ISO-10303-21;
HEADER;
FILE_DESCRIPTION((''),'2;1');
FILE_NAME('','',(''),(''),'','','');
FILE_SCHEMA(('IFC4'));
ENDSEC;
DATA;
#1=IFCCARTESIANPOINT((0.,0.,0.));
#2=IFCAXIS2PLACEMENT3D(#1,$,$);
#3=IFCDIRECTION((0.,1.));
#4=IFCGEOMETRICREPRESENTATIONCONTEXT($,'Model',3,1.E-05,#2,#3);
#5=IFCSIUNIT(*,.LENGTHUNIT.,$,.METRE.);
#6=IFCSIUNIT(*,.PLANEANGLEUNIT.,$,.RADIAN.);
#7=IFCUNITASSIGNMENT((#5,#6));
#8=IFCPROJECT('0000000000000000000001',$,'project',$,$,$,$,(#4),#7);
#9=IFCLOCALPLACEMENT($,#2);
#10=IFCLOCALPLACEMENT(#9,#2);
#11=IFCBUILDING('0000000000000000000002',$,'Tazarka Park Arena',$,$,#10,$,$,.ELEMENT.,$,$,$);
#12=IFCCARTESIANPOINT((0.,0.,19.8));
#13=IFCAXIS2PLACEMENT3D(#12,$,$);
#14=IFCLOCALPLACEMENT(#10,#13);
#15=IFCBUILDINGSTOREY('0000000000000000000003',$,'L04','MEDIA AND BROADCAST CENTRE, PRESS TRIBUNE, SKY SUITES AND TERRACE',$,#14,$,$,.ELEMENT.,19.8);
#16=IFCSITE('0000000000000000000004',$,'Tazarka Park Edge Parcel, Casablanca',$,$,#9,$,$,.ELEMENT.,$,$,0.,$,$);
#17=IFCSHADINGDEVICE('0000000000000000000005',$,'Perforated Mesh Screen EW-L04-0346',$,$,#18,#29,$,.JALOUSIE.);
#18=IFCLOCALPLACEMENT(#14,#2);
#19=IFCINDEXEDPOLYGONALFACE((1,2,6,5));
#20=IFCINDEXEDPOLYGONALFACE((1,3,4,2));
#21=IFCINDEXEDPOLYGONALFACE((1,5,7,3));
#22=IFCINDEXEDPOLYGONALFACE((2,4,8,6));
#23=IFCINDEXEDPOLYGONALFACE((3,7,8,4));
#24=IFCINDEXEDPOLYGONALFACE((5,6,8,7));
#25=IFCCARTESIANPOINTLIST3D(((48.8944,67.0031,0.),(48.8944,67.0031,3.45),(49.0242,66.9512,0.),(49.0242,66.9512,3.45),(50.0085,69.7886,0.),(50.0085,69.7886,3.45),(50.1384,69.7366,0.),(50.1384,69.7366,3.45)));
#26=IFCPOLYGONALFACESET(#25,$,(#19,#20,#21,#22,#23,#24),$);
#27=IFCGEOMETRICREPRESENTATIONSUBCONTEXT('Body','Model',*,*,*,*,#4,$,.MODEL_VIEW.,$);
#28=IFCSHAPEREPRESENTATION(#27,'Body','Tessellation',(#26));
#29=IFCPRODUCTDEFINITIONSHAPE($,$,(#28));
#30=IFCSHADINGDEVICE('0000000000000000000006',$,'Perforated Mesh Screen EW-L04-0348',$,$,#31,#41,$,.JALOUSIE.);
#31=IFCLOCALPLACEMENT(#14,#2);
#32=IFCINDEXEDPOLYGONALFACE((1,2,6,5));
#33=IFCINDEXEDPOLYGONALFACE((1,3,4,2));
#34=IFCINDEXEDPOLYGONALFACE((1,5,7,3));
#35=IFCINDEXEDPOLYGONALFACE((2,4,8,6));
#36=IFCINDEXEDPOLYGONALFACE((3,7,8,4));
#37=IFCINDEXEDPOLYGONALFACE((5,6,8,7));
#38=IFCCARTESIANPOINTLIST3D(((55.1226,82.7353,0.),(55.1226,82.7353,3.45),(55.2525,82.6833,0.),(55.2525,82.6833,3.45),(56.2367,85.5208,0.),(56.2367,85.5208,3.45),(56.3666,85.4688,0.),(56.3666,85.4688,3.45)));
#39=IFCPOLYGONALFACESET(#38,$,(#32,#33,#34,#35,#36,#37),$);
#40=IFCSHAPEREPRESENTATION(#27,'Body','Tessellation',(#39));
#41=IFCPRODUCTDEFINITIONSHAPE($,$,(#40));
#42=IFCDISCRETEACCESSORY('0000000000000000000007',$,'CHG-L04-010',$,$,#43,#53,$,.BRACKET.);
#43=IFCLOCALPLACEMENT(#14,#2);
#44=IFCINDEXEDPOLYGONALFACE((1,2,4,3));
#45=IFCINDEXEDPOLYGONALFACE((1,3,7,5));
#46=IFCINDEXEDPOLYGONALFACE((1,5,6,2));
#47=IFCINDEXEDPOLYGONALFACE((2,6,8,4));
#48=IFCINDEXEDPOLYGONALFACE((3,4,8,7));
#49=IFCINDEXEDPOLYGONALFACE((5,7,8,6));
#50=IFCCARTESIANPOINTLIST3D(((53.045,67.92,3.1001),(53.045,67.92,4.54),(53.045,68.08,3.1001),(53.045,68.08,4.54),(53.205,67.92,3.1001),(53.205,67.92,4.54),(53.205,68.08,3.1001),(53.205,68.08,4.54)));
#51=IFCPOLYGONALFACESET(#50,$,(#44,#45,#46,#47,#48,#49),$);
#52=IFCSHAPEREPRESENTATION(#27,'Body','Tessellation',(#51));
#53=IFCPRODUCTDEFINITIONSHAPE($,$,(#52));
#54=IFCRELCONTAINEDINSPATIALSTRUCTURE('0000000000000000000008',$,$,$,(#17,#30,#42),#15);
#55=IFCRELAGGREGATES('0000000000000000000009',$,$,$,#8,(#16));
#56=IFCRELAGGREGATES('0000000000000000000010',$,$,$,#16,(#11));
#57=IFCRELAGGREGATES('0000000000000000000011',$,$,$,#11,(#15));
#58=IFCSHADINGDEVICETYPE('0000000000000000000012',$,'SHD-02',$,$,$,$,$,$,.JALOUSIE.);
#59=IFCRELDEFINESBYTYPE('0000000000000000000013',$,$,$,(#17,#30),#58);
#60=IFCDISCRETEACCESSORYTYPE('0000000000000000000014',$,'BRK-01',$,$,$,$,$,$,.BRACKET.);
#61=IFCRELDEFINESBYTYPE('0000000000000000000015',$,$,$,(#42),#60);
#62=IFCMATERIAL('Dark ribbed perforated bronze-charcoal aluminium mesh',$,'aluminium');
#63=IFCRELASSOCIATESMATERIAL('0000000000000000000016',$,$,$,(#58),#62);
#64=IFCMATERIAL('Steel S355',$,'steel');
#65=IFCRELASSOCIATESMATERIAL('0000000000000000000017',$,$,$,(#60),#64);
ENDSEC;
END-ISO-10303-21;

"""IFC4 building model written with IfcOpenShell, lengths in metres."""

from ifc_helpers import new_model, si_unit, direction, frame, origin, origin_2d, place, context, subcontext, project, spatial, rectangle, extrude, material, type_object, element, save


model = new_model("IFC4")

# Units and contexts
model_context = context("Model", 3, precision=1e-05, world=origin(), true_north=direction((0.0, 1.0)))
body_context = subcontext(model_context, "Body", "Model", "MODEL_VIEW")
ifc_project = project(units=[si_unit("LENGTHUNIT", "METRE"), si_unit("PLANEANGLEUNIT", "RADIAN")], contexts=[model_context])

# Site, building, storey
site_placement = place(None, origin())
site = spatial("IfcSite", under=ifc_project, at=site_placement, Name="Tazarka Park Edge Parcel, Casablanca", CompositionType="ELEMENT", RefElevation=0.0)
building_placement = place(site_placement, origin())
building = spatial("IfcBuilding", under=site, at=building_placement, Name="Tazarka Park Arena", CompositionType="ELEMENT")
storey_placement = place(building_placement, frame((0.0, 0.0, 19.8)))
storey = spatial("IfcBuildingStorey", under=building, at=storey_placement, Name="L04", Description="MEDIA AND BROADCAST CENTRE, PRESS TRIBUNE, SKY SUITES AND TERRACE", CompositionType="ELEMENT", Elevation=19.8)

# Shading devices
ifc_material_1 = material(Name="Dark ribbed perforated bronze-charcoal aluminium mesh", Category="aluminium")
shading_device_type = type_object("IfcShadingDeviceType", Name="SHD-02", PredefinedType="JALOUSIE", material=ifc_material_1)
for number, where, z_axis, x_axis, name in (
    (1, (49.5164, 68.3699, 0.0), (0.0, 0.0, 1.0), (0.371368, 0.928486, 0.0), "Perforated Mesh Screen EW-L04-0346"),
    (2, (55.7446, 84.1021, 0.0), (0.0, 0.0, 1.0), (0.371368, 0.928486, 0.0), "Perforated Mesh Screen EW-L04-0348"),
):
    element("IfcShadingDevice", number, at=place(storey_placement, frame(where, z_axis=z_axis, x_axis=x_axis)), inside=storey, type_object=shading_device_type, Name=name, PredefinedType="JALOUSIE", context=body_context, shape_type="SweptSolid", body=[
        extrude(rectangle(XDim=3.0, YDim=0.1399, at=origin_2d()), origin(), (0.0, 0.0, 1.0), 3.45),
    ])

# Discrete accessory
ifc_material_2 = material(Name="Steel S355", Category="steel")
discrete_accessory_type = type_object("IfcDiscreteAccessoryType", Name="BRK-01", PredefinedType="BRACKET", material=ifc_material_2)
discrete_accessory_placement = place(storey_placement, frame((53.125, 68.0, 3.1001), z_axis=(0.0, 0.0, 1.0), x_axis=(1.0, 0.0, 0.0)))
element("IfcDiscreteAccessory", 3, at=discrete_accessory_placement, inside=storey, type_object=discrete_accessory_type, Name="CHG-L04-010", PredefinedType="BRACKET", context=body_context, shape_type="SweptSolid", body=[
    extrude(rectangle(XDim=0.1599, YDim=0.1599, at=origin_2d()), origin(), (0.0, 0.0, 1.0), 1.4399),
])

save(model, "model.ifc")
